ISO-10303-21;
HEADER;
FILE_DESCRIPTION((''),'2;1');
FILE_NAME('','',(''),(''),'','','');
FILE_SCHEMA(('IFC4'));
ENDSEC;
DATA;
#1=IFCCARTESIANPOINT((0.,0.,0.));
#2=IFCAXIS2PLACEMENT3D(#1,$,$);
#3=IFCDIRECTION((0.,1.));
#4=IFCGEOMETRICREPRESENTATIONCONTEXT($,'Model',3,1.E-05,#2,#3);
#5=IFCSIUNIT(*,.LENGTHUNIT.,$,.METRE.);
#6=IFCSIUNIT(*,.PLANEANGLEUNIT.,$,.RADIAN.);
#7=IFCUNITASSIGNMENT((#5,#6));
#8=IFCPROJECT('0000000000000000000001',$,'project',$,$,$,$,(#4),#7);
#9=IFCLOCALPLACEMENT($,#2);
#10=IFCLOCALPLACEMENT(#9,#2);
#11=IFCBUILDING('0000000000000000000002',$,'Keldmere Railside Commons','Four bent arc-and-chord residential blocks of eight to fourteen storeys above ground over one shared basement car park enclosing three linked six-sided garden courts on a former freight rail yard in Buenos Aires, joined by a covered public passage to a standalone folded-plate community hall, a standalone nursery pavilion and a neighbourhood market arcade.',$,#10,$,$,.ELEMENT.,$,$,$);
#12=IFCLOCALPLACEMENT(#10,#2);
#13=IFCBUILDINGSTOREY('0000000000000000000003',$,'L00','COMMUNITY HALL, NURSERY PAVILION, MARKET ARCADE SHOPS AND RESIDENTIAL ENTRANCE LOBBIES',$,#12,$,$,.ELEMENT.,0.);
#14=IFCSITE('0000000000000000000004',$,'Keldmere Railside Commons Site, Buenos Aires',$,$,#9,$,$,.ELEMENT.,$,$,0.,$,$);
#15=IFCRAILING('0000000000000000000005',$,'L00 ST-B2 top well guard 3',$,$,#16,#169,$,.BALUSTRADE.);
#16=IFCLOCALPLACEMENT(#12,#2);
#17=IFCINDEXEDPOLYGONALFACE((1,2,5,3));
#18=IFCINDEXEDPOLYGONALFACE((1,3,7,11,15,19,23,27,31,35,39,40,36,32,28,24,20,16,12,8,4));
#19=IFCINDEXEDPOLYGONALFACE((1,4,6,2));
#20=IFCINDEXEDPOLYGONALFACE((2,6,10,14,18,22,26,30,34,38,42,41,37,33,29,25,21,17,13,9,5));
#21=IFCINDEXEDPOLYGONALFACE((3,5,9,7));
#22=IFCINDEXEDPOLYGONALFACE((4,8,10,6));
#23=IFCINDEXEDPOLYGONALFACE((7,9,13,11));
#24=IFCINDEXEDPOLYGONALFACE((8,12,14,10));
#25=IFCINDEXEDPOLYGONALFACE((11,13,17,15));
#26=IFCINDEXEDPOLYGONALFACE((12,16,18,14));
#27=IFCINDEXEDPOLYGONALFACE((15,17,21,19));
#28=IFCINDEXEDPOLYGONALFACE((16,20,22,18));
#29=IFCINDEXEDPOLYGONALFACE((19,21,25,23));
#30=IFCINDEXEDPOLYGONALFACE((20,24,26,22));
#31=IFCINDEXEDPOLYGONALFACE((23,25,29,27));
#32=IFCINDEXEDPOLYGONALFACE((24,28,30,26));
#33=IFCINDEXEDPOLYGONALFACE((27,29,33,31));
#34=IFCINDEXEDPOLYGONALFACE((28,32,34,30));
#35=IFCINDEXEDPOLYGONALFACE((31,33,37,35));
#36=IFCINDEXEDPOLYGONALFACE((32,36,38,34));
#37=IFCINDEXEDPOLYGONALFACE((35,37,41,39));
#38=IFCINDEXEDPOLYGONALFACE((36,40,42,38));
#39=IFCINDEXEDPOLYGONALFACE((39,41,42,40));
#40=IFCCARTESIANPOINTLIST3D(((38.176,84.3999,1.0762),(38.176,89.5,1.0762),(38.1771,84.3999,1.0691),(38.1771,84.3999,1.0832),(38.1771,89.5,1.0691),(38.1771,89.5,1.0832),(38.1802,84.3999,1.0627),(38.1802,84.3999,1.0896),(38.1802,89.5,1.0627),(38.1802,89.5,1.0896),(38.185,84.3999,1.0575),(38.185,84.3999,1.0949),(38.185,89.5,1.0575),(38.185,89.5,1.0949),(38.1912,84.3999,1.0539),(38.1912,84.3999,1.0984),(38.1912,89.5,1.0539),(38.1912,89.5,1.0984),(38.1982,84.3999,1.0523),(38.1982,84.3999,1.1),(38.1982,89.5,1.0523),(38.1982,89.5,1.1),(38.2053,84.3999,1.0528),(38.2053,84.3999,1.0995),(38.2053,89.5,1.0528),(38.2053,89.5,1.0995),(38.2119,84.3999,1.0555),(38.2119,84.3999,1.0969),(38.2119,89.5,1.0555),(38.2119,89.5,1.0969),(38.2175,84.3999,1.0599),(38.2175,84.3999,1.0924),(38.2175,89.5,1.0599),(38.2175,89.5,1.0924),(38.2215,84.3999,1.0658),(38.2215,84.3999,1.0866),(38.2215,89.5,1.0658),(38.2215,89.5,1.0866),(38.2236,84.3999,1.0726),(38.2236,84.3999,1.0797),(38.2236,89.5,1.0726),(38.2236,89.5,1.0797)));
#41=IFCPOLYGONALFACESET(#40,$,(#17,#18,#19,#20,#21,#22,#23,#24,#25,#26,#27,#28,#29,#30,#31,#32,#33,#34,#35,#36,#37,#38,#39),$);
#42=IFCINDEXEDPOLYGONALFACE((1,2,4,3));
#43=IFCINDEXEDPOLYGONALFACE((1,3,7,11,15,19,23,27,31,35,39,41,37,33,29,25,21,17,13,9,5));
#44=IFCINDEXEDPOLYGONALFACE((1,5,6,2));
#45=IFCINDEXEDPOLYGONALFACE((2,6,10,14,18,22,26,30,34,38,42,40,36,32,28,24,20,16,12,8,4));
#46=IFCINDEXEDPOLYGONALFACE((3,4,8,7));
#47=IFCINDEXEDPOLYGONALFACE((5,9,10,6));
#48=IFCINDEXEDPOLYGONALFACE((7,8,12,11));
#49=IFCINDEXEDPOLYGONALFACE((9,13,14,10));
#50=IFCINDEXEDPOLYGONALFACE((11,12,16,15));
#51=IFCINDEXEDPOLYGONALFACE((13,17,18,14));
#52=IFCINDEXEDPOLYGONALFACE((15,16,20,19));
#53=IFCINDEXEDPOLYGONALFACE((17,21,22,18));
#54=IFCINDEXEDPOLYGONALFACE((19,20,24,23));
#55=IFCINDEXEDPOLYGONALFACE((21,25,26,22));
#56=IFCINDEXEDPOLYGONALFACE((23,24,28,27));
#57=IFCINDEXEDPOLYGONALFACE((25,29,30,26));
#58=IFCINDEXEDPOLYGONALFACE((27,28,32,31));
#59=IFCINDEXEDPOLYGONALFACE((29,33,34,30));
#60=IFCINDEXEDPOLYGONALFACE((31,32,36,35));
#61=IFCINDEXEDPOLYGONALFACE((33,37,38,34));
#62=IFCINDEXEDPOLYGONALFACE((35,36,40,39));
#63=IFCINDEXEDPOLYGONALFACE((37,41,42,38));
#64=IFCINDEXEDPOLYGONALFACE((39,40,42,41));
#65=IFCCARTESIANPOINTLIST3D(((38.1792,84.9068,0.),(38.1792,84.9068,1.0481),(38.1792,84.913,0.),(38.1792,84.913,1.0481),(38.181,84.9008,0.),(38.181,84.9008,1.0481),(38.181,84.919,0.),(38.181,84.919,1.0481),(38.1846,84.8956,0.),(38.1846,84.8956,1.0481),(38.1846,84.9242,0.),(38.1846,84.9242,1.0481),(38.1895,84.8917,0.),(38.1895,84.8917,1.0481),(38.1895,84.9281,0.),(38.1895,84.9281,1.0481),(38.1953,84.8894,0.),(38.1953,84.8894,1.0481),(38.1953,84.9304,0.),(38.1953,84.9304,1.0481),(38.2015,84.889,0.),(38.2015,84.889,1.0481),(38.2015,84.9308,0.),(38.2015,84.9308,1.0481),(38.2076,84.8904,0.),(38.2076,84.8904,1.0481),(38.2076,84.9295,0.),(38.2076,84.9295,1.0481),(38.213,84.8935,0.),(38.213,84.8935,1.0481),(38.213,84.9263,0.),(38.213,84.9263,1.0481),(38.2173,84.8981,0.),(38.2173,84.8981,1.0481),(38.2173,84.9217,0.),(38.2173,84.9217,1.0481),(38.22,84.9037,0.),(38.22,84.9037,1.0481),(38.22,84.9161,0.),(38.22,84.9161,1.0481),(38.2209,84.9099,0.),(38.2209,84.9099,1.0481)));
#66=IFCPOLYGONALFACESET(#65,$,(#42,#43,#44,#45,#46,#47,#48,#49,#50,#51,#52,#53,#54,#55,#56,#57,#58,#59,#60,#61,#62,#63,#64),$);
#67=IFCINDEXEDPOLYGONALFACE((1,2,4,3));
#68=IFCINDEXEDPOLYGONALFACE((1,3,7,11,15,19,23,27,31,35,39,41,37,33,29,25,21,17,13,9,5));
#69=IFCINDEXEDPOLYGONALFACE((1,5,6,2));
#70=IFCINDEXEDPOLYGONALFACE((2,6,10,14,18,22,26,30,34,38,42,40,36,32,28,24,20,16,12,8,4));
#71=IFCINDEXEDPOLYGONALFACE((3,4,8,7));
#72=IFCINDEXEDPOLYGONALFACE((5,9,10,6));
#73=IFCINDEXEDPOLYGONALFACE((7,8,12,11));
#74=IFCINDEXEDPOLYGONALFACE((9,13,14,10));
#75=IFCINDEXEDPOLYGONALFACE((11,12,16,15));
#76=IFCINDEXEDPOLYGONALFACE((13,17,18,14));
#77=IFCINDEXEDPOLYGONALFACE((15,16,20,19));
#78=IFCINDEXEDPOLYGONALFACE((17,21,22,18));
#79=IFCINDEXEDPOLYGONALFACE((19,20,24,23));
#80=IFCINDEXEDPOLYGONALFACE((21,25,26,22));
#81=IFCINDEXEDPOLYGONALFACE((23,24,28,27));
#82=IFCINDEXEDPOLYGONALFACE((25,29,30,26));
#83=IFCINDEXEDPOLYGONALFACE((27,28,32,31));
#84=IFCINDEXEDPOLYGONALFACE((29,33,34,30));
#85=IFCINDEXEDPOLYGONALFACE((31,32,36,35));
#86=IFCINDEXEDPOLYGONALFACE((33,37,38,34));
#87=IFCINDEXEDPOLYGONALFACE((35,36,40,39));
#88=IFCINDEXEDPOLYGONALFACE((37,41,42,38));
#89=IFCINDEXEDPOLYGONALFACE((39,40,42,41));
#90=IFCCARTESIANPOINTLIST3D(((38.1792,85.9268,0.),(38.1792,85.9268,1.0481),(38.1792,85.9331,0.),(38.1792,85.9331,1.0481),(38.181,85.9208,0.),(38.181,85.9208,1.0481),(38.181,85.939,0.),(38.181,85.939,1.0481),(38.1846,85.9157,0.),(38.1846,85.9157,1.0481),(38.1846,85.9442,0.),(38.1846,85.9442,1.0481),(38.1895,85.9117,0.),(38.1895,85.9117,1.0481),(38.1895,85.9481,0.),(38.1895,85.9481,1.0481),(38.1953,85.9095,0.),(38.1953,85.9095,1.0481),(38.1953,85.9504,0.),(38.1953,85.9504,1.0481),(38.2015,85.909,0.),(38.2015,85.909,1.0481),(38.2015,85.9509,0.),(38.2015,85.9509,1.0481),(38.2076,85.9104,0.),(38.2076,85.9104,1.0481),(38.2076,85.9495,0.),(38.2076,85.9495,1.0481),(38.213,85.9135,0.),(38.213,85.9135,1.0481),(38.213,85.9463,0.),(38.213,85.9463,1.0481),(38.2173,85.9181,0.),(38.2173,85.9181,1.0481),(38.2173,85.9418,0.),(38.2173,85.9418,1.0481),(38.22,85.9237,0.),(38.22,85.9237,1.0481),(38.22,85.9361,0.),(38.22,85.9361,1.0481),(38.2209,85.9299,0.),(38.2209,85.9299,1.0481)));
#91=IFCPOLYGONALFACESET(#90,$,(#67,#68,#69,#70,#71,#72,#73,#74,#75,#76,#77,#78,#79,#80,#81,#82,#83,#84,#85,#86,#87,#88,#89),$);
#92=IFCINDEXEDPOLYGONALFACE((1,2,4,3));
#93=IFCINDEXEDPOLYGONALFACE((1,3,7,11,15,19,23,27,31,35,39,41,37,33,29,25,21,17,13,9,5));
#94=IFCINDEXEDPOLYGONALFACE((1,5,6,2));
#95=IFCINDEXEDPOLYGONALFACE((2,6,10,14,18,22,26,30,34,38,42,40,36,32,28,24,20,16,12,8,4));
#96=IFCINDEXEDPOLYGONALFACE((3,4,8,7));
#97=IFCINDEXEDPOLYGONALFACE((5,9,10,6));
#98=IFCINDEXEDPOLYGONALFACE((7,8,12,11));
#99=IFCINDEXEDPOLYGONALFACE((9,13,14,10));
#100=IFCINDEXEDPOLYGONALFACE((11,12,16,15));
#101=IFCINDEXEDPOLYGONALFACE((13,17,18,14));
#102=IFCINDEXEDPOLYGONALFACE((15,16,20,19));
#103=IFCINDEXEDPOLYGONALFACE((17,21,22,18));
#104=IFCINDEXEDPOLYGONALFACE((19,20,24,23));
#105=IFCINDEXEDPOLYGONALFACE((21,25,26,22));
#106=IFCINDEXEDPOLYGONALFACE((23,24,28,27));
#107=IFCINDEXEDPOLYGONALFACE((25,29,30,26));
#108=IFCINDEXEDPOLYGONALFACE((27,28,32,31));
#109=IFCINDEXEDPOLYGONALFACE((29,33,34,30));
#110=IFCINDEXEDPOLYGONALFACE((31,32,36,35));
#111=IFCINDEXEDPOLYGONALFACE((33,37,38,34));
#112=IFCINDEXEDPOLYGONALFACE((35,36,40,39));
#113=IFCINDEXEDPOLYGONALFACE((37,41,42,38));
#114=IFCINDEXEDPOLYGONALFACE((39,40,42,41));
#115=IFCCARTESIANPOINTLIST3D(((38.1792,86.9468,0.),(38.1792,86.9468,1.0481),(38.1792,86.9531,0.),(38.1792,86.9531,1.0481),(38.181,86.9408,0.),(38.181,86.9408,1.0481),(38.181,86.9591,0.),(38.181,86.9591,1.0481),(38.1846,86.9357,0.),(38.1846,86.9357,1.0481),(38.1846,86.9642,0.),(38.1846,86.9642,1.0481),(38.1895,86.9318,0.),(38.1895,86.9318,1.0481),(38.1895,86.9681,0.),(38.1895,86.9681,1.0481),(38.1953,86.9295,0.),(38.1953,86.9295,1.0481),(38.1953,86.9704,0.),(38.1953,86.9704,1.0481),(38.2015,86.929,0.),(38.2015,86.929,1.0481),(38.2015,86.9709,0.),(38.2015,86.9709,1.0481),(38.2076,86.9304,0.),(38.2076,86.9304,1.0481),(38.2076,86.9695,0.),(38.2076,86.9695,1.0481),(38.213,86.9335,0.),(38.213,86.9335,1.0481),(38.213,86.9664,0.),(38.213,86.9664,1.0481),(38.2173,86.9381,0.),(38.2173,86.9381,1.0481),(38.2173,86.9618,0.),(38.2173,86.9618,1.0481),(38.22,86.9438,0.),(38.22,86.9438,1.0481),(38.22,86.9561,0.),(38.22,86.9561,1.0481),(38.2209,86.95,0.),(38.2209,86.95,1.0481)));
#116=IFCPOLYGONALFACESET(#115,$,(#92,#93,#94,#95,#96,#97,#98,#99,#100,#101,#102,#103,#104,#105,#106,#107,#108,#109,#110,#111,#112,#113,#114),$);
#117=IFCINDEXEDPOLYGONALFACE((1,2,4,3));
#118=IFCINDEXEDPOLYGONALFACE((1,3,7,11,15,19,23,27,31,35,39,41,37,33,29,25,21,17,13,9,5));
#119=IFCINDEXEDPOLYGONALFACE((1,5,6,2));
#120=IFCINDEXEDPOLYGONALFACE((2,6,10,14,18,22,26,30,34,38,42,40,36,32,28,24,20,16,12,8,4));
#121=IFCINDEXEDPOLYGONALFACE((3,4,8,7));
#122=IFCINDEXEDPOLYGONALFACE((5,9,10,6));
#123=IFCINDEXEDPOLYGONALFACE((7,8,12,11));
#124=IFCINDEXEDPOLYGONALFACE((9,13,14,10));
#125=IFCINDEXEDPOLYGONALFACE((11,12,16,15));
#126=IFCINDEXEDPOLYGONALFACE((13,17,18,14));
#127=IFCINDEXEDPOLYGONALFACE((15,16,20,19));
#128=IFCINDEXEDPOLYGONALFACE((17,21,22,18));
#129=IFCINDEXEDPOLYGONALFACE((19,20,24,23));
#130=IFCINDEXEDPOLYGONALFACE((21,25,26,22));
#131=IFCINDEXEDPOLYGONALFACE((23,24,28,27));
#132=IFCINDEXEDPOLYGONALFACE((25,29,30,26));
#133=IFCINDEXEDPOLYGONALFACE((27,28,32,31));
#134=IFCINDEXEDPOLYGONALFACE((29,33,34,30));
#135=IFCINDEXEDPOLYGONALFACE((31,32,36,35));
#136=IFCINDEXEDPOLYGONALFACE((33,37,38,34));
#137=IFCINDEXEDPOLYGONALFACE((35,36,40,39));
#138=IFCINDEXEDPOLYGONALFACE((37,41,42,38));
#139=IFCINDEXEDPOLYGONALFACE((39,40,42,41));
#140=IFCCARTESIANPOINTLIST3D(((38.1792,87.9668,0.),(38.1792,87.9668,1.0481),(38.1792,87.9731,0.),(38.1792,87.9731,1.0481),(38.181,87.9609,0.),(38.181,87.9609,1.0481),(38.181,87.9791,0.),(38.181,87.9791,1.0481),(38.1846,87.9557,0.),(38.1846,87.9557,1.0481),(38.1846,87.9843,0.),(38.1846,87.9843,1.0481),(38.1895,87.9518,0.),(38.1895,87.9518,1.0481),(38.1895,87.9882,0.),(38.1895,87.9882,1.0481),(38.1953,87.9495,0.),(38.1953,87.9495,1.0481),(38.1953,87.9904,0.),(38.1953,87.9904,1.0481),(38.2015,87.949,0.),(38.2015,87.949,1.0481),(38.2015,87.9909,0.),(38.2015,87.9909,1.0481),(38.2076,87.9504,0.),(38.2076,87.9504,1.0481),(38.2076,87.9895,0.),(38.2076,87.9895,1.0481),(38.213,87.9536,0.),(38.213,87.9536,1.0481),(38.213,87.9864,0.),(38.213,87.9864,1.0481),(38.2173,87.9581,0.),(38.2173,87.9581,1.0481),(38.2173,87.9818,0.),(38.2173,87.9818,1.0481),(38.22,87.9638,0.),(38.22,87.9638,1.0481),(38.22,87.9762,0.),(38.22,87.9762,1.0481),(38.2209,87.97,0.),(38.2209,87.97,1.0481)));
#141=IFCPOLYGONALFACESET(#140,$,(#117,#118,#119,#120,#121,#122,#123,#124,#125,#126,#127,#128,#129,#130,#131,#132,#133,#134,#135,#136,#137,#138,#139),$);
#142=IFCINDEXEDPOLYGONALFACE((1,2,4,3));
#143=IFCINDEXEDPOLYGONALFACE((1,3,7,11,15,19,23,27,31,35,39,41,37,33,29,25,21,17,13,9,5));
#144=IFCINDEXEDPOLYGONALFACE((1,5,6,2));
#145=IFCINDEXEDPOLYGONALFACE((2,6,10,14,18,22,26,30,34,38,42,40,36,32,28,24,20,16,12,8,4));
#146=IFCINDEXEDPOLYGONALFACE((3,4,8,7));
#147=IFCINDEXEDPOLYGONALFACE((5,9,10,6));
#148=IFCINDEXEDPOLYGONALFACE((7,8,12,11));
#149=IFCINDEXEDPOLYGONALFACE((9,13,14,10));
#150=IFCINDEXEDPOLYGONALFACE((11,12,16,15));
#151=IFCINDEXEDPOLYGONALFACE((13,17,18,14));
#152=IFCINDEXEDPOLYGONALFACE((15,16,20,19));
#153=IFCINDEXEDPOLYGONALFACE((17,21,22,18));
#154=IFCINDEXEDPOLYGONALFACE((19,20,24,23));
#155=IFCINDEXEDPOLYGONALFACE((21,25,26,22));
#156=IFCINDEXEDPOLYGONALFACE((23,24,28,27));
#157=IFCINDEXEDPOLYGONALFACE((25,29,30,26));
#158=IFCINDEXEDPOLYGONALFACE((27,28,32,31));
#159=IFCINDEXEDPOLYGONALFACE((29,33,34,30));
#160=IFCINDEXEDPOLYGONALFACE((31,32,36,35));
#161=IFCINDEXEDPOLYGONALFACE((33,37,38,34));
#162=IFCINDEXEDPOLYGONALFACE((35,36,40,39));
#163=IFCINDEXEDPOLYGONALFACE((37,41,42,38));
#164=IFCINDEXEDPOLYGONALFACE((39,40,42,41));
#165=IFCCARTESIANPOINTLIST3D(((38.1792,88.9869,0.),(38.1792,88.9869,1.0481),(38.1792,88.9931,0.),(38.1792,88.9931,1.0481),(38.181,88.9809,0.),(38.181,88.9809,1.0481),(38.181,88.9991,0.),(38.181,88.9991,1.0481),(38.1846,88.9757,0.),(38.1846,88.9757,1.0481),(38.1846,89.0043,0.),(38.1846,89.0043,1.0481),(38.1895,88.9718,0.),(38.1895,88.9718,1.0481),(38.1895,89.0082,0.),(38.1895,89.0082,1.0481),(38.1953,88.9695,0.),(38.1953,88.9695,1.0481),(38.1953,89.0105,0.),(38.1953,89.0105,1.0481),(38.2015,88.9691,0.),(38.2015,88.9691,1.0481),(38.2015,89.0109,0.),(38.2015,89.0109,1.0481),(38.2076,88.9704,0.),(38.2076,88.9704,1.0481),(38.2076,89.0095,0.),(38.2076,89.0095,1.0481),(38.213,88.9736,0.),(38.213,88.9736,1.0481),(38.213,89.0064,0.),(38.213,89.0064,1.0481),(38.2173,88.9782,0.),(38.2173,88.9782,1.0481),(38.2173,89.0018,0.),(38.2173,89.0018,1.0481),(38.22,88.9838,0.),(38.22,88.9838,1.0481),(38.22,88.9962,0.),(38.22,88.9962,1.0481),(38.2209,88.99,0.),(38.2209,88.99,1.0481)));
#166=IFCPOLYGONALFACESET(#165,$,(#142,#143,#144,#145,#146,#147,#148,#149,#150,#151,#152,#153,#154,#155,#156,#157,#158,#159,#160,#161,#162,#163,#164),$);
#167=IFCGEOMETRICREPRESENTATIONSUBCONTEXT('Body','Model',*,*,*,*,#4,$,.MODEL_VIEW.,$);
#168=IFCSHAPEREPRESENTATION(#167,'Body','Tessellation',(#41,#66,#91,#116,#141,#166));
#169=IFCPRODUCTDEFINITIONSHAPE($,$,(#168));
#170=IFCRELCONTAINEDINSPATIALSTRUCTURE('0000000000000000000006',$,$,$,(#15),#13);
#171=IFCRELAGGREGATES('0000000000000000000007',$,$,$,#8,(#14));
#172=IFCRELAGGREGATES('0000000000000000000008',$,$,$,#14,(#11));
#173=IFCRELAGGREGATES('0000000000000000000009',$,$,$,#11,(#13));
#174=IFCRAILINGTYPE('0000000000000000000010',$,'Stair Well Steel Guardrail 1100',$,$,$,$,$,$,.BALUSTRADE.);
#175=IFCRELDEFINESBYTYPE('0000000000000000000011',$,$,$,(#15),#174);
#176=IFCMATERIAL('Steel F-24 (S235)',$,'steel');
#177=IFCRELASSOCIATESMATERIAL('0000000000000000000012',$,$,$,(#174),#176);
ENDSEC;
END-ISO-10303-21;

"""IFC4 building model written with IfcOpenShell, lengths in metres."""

from ifc_helpers import new_model, si_unit, direction, frame, origin, origin_2d, place, context, subcontext, project, spatial, circle, extrude, material, type_object, element, save


model = new_model("IFC4")

# Units and contexts
model_context = context("Model", 3, precision=1e-05, world=origin(), true_north=direction((0.0, 1.0)))
body_context = subcontext(model_context, "Body", "Model", "MODEL_VIEW")
ifc_project = project(units=[si_unit("LENGTHUNIT", "METRE"), si_unit("PLANEANGLEUNIT", "RADIAN")], contexts=[model_context])

# Site, building, storey
site_placement = place(None, origin())
site = spatial("IfcSite", under=ifc_project, at=site_placement, Name="Keldmere Railside Commons Site, Buenos Aires", CompositionType="ELEMENT", RefElevation=0.0)
building_placement = place(site_placement, origin())
building = spatial("IfcBuilding", under=site, at=building_placement, Name="Keldmere Railside Commons", Description="Four bent arc-and-chord residential blocks of eight to fourteen storeys above ground over one shared basement car park enclosing three linked six-sided garden courts on a former freight rail yard in Buenos Aires, joined by a covered public passage to a standalone folded-plate community hall, a standalone nursery pavilion and a neighbourhood market arcade.", CompositionType="ELEMENT")
storey_placement = place(building_placement, origin())
storey = spatial("IfcBuildingStorey", under=building, at=storey_placement, Name="L00", Description="COMMUNITY HALL, NURSERY PAVILION, MARKET ARCADE SHOPS AND RESIDENTIAL ENTRANCE LOBBIES", CompositionType="ELEMENT", Elevation=0.0)

# Shared definitions
ifc_material_1 = material(Name="Steel F-24 (S235)", Category="steel")

# Railing
railing_type = type_object("IfcRailingType", Name="Stair Well Steel Guardrail 1100", PredefinedType="BALUSTRADE", material=ifc_material_1)
for number, where, name in (
    (1, (38.2, 84.3999, 0.0), "L00 ST-B2 top well guard 3"),
):
    element("IfcRailing", number, at=place(storey_placement, frame(where)), inside=storey, type_object=railing_type, Name=name, PredefinedType="BALUSTRADE", context=body_context, shape_type="SweptSolid", body=[
        extrude(circle(Radius=0.0239, at=origin_2d()), frame((0.0, 0.0, 1.0762), z_axis=(0.0, 1.0, 0.0), x_axis=(-1.0, 0.0, 0.0)), (0.0, 0.0, 1.0), 5.1001),
        extrude(circle(Radius=0.021, at=origin_2d()), frame((0.0, 0.51, 0.0)), (0.0, 0.0, 1.0), 1.0481),
        extrude(circle(Radius=0.021, at=origin_2d()), frame((0.0, 1.53, 0.0)), (0.0, 0.0, 1.0), 1.0481),
        extrude(circle(Radius=0.021, at=origin_2d()), frame((0.0, 2.55, 0.0)), (0.0, 0.0, 1.0), 1.0481),
        extrude(circle(Radius=0.021, at=origin_2d()), frame((0.0, 3.5701, 0.0)), (0.0, 0.0, 1.0), 1.0481),
        extrude(circle(Radius=0.021, at=origin_2d()), frame((0.0, 4.5901, 0.0)), (0.0, 0.0, 1.0), 1.0481),
    ])

save(model, "model.ifc")
